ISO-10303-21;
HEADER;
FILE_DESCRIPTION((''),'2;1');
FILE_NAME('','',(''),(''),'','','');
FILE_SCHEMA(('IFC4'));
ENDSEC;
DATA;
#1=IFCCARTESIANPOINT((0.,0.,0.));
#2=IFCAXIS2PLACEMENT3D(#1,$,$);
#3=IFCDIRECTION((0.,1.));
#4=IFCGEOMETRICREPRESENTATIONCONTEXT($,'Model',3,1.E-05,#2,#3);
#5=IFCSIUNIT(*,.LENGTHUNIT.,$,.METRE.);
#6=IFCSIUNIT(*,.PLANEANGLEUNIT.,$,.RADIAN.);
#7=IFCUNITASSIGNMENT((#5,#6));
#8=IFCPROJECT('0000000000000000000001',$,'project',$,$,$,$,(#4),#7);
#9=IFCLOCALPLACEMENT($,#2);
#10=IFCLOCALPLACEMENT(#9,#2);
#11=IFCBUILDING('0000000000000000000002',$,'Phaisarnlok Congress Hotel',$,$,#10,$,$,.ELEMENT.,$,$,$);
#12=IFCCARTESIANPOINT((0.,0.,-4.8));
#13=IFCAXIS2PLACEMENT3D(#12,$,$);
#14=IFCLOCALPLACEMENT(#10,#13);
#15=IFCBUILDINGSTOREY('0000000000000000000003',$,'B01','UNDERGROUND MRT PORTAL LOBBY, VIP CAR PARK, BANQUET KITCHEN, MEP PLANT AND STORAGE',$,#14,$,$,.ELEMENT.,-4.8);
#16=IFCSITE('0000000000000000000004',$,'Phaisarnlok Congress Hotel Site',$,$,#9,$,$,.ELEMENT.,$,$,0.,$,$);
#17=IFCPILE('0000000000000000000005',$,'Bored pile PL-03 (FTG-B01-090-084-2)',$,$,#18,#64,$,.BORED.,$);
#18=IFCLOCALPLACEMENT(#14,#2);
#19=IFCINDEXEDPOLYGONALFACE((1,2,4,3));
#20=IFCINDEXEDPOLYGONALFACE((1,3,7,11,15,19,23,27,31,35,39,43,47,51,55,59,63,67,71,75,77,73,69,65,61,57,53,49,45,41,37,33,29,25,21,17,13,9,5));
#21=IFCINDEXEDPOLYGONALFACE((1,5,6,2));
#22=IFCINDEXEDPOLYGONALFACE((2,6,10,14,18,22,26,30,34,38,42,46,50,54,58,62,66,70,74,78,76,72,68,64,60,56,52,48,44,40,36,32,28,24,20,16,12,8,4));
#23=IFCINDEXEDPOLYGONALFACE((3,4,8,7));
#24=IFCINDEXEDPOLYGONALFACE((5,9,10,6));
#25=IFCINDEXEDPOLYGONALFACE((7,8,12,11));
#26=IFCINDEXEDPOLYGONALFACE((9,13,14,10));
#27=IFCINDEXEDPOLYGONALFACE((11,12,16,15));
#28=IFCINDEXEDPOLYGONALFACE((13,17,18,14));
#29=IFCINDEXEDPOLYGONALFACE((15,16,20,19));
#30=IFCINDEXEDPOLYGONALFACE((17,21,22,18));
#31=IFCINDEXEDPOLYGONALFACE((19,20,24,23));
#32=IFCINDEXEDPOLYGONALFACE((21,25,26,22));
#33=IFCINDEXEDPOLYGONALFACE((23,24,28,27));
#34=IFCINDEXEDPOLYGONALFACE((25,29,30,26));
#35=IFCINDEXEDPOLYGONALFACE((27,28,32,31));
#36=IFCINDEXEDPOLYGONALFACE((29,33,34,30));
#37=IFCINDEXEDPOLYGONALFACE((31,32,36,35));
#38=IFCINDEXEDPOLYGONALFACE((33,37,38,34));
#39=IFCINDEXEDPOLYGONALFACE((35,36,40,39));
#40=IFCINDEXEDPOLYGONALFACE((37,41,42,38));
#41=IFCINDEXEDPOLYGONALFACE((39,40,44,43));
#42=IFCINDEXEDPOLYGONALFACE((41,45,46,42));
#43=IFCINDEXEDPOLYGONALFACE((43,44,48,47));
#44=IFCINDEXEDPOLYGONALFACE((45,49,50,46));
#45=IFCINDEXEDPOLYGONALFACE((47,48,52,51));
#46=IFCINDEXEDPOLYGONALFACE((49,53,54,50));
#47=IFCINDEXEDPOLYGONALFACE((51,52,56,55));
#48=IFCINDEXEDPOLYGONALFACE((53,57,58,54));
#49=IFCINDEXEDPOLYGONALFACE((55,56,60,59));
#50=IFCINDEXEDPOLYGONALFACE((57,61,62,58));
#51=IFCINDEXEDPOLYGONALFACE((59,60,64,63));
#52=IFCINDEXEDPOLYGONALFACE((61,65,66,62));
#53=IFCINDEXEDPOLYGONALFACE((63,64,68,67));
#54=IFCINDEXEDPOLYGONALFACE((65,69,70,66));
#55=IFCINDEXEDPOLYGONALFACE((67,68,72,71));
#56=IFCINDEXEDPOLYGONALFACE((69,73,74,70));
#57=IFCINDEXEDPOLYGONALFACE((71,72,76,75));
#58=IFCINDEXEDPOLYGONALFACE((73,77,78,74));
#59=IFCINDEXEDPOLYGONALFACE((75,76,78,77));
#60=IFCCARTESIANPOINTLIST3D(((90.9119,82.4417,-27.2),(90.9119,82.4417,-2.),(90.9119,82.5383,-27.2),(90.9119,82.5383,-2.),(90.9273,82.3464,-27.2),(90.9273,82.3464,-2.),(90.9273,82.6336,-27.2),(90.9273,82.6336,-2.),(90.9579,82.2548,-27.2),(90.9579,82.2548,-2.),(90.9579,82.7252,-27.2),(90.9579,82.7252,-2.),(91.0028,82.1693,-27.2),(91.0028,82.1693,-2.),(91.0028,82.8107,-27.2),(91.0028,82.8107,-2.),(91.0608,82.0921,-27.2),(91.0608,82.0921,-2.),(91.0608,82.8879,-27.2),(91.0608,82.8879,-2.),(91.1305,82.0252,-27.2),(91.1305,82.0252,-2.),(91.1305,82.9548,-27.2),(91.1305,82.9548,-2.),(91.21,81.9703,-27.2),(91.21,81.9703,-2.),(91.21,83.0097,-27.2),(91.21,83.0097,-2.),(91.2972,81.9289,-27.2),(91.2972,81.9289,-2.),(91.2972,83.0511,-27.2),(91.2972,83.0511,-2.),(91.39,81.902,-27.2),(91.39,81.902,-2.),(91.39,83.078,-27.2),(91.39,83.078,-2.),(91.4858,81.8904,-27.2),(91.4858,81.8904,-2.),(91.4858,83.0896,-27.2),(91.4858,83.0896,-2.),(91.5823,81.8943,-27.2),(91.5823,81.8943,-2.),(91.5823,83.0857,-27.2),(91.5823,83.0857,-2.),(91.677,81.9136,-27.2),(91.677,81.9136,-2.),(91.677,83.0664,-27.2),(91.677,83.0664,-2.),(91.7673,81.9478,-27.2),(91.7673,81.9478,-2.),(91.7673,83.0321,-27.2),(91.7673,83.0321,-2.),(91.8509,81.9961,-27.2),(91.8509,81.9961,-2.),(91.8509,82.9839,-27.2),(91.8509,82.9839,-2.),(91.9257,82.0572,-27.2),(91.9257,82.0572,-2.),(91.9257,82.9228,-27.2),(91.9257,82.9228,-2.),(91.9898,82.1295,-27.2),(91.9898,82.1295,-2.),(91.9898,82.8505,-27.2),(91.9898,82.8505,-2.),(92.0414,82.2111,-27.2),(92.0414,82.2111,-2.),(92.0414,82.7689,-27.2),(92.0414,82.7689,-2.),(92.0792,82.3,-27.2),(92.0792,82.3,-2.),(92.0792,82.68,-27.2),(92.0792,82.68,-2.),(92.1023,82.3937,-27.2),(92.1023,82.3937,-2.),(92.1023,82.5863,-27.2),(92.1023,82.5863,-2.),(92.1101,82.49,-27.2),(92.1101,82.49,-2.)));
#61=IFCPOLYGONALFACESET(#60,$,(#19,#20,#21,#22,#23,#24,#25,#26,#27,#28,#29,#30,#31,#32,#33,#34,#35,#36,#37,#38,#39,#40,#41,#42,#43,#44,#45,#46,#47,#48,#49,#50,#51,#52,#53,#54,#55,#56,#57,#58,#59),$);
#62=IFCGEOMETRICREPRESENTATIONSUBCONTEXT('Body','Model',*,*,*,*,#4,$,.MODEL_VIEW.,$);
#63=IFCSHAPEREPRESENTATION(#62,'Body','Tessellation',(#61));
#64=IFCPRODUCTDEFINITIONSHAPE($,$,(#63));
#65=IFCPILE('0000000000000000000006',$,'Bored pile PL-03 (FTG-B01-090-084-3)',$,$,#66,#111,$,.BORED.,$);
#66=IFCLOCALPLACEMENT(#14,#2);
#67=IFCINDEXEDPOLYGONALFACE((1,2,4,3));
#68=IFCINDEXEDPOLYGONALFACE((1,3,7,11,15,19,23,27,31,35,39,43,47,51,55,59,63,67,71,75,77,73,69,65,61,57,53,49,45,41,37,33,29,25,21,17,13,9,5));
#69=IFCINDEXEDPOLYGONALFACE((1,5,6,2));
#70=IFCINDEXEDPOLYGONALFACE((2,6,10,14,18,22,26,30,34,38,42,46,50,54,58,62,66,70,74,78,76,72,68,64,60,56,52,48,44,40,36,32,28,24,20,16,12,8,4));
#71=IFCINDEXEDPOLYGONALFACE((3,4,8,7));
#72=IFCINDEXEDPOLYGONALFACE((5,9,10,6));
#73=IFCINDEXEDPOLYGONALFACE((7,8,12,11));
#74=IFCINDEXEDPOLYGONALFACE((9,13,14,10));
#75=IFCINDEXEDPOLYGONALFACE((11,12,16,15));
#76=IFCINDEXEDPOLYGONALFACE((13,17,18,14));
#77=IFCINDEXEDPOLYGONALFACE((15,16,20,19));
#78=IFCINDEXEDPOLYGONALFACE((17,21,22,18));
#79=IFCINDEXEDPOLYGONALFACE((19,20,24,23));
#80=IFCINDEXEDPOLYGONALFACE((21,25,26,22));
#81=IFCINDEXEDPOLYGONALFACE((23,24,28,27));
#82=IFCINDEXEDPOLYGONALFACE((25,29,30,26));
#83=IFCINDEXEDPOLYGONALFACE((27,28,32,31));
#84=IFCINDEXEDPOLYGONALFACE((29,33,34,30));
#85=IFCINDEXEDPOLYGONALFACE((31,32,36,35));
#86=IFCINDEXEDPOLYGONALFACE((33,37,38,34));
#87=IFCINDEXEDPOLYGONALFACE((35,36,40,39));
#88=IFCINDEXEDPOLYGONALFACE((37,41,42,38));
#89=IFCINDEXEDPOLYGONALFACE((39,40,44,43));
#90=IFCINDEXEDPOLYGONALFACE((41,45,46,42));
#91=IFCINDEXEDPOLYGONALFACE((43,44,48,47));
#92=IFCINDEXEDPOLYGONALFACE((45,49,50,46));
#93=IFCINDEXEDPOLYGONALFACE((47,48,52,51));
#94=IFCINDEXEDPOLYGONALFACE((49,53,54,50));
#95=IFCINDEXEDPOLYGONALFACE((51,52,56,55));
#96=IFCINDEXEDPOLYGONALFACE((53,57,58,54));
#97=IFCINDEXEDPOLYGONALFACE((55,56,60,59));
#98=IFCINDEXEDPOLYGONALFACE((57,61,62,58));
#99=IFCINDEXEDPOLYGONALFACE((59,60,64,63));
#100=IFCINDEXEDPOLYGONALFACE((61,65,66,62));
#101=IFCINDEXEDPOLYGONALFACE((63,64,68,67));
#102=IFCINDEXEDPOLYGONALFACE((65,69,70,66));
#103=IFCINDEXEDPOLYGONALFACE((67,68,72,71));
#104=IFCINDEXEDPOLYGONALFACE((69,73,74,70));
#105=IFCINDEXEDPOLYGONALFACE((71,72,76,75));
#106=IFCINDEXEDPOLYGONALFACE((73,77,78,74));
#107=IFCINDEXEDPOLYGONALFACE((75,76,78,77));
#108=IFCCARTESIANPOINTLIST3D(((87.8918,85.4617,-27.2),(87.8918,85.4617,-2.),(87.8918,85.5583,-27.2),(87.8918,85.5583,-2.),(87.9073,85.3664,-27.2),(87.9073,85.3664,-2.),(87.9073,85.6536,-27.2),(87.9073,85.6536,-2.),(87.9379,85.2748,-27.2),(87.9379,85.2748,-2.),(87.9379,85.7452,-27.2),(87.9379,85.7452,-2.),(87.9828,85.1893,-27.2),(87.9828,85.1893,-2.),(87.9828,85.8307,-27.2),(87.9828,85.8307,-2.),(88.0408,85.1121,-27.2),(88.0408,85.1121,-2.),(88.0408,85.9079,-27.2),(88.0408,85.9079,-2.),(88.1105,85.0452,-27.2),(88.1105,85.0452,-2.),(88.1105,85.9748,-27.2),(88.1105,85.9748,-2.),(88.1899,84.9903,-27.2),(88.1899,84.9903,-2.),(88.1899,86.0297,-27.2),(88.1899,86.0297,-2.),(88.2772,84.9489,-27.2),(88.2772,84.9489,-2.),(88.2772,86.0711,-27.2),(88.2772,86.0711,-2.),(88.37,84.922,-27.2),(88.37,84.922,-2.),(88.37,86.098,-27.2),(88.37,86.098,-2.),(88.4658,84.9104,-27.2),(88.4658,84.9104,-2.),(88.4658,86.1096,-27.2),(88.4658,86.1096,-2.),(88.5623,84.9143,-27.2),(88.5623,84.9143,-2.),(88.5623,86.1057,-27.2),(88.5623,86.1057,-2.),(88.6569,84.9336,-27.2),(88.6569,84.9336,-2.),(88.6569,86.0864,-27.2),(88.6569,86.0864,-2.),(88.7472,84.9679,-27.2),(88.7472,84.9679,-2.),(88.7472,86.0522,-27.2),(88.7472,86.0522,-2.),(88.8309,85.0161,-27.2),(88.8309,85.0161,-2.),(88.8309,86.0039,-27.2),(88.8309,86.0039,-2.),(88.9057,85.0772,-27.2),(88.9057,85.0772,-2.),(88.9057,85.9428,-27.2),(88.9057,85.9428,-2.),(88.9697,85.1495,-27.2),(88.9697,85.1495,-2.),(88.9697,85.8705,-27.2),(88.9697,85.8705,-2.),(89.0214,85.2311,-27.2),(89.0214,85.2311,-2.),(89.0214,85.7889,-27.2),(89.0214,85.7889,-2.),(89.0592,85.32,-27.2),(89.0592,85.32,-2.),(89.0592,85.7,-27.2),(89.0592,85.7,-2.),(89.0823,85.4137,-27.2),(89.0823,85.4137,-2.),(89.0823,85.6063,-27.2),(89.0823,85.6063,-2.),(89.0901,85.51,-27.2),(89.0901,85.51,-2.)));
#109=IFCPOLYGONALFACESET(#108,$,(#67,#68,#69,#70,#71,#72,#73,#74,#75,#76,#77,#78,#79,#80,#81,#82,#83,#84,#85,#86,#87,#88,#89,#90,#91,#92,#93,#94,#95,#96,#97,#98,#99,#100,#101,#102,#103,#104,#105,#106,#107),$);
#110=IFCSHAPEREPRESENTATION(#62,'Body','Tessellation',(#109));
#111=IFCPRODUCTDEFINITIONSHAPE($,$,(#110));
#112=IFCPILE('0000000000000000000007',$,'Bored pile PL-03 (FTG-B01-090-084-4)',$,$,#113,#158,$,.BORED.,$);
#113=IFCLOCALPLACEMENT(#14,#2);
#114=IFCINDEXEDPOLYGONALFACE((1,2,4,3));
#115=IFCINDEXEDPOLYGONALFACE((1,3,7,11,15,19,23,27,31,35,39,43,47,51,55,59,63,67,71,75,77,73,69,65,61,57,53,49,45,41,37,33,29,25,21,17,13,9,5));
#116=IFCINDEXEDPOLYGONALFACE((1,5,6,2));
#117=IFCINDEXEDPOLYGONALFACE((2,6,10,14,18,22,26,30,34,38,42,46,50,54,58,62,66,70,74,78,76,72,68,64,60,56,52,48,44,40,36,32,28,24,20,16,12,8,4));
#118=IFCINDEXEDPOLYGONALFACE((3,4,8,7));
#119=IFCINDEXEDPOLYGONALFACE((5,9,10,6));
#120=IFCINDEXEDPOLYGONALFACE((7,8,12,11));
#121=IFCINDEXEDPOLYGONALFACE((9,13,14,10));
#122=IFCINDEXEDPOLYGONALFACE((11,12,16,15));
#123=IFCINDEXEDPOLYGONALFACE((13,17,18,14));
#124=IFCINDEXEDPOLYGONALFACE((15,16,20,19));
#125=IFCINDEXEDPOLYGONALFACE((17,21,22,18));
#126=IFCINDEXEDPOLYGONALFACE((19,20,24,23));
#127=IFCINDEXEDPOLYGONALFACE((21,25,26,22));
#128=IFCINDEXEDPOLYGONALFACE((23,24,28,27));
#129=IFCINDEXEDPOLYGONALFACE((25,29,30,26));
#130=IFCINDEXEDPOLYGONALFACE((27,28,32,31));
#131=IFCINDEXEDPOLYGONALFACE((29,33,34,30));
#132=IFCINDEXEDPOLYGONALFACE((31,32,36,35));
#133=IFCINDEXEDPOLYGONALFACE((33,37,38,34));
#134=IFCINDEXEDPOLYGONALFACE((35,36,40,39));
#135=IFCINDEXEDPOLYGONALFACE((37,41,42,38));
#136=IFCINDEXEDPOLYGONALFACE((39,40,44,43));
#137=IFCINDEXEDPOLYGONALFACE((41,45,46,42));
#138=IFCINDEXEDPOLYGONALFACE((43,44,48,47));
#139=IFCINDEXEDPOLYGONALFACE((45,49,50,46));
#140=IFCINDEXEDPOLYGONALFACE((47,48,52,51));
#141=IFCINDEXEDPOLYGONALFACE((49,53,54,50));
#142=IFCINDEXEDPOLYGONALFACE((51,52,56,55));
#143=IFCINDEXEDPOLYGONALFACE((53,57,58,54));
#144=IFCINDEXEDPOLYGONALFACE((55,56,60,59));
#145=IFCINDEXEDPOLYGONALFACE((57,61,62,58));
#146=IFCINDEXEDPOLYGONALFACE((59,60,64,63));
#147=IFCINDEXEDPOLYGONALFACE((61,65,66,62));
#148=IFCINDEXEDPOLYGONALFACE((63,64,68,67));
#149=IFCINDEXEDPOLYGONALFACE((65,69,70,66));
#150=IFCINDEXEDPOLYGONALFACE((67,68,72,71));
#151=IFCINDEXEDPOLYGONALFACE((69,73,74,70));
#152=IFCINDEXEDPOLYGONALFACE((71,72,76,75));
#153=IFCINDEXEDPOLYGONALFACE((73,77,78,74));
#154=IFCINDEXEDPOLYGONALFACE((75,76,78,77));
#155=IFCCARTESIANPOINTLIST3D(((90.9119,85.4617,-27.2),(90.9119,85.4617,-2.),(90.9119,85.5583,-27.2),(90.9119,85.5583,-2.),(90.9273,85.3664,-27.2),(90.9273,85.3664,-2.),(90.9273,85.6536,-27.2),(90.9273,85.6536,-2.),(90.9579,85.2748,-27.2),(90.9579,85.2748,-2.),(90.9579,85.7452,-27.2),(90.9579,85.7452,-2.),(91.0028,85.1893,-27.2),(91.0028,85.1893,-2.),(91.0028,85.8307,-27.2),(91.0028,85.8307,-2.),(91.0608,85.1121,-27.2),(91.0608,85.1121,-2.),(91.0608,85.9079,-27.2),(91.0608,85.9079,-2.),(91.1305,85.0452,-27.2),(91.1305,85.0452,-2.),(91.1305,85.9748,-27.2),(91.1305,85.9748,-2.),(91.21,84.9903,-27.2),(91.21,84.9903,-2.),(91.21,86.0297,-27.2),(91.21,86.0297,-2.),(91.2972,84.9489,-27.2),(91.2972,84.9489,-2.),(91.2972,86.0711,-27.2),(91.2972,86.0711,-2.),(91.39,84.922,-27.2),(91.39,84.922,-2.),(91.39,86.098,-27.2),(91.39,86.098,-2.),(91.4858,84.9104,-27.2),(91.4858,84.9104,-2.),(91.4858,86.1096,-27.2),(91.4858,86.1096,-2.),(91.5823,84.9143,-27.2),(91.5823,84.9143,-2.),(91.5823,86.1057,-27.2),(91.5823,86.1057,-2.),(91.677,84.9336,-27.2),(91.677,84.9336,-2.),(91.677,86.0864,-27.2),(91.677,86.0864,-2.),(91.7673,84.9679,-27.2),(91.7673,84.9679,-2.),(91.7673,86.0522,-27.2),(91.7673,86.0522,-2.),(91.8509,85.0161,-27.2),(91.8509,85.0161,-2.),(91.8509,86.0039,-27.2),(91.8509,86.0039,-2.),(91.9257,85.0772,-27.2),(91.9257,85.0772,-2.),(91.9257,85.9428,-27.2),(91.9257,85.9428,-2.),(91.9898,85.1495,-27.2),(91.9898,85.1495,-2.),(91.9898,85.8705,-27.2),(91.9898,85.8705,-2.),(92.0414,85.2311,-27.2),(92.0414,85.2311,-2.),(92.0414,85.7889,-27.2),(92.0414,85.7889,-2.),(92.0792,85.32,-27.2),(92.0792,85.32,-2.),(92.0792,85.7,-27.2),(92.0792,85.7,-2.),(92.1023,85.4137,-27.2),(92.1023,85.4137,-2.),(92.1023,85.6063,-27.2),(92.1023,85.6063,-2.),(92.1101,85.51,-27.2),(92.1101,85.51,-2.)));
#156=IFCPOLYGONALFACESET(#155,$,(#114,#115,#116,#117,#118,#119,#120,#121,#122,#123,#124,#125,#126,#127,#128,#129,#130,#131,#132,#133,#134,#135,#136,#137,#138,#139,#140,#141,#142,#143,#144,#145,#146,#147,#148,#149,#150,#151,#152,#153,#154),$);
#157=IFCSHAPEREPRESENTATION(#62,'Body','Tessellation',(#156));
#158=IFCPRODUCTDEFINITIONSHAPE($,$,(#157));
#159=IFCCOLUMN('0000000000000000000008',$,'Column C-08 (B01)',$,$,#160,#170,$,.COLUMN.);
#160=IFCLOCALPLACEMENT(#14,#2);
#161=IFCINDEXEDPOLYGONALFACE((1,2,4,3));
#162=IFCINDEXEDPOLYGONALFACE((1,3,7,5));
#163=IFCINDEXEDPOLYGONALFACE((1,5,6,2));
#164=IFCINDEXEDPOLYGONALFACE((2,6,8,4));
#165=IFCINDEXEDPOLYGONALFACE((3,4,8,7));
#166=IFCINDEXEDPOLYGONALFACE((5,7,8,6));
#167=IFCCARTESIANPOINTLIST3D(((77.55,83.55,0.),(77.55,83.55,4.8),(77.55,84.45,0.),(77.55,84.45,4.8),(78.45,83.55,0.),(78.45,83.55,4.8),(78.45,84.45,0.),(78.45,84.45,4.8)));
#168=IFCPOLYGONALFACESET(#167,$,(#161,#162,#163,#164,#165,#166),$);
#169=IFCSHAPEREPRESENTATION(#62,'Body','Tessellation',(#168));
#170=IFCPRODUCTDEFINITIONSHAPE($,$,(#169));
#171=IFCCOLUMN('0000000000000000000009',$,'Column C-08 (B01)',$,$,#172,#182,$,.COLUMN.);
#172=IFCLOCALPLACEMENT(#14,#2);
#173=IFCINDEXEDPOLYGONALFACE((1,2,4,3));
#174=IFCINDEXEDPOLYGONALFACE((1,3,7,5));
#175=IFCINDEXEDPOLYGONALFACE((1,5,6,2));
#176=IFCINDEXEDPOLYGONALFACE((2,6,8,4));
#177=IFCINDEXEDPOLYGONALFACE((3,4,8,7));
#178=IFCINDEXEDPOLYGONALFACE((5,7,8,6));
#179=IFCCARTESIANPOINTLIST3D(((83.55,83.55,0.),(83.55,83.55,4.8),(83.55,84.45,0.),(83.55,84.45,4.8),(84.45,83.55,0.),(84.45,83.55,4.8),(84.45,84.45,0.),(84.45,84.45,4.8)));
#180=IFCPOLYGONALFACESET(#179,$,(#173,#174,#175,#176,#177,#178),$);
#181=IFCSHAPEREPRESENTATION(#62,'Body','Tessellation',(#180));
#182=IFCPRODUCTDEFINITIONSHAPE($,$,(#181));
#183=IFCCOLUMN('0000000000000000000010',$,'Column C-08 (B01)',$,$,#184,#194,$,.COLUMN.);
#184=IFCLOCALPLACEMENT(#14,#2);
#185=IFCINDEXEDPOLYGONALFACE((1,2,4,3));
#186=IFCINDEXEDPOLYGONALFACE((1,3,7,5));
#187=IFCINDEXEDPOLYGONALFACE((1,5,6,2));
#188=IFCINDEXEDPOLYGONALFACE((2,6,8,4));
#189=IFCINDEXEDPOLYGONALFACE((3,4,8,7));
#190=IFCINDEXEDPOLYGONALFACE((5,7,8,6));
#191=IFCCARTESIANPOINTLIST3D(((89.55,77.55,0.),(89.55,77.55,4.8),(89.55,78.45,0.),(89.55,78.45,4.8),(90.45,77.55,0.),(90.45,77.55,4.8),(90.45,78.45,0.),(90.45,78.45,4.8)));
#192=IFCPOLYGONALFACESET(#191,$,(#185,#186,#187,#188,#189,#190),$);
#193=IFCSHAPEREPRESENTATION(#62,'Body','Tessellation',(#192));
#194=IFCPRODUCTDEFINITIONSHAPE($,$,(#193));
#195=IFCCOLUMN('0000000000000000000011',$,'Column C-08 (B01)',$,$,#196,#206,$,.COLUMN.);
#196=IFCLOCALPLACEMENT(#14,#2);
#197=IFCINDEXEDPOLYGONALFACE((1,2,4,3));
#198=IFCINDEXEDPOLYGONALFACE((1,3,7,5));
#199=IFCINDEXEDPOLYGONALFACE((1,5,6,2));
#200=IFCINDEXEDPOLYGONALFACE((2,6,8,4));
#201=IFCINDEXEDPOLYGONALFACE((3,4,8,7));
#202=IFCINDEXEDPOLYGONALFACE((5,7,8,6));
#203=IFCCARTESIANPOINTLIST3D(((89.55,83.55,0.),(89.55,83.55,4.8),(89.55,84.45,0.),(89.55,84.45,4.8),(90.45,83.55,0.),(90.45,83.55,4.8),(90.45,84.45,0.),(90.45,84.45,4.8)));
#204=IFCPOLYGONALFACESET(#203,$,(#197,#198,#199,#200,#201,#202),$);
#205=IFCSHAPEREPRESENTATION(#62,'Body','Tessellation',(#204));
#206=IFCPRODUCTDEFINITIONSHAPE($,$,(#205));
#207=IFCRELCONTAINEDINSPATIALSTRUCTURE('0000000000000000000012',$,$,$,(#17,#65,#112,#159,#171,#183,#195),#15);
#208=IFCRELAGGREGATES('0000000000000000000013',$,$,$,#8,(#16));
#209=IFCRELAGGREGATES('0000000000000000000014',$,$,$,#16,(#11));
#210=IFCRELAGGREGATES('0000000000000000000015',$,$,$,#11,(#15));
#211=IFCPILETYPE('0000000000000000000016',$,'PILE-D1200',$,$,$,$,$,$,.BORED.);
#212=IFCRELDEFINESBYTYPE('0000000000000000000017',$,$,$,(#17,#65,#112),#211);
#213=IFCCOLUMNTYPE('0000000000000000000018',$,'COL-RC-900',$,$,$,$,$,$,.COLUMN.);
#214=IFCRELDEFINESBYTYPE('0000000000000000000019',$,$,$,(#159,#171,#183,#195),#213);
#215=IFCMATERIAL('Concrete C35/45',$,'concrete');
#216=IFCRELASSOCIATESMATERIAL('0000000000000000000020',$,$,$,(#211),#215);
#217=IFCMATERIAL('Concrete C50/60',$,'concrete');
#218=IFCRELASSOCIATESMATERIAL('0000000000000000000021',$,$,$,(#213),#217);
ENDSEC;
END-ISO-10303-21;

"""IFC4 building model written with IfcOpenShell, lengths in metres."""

from ifc_helpers import new_model, si_unit, direction, frame, origin, origin_2d, place, context, subcontext, project, spatial, rectangle, circle, extrude, material, material_profile, profile_set, type_object, element, save


model = new_model("IFC4")

# Units and contexts
model_context = context("Model", 3, precision=1e-05, world=origin(), true_north=direction((0.0, 1.0)))
body_context = subcontext(model_context, "Body", "Model", "MODEL_VIEW")
ifc_project = project(units=[si_unit("LENGTHUNIT", "METRE"), si_unit("PLANEANGLEUNIT", "RADIAN")], contexts=[model_context])

# Site, building, storey
site_placement = place(None, origin())
site = spatial("IfcSite", under=ifc_project, at=site_placement, Name="Phaisarnlok Congress Hotel Site", CompositionType="ELEMENT", RefElevation=0.0)
building_placement = place(site_placement, origin())
building = spatial("IfcBuilding", under=site, at=building_placement, Name="Phaisarnlok Congress Hotel", CompositionType="ELEMENT")
storey_placement = place(building_placement, frame((0.0, 0.0, -4.8)))
storey = spatial("IfcBuildingStorey", under=building, at=storey_placement, Name="B01", Description="UNDERGROUND MRT PORTAL LOBBY, VIP CAR PARK, BANQUET KITCHEN, MEP PLANT AND STORAGE", CompositionType="ELEMENT", Elevation=-4.8)

# Piles
ifc_material_1 = material(Name="Concrete C35/45", Category="concrete")
ifc_material_profile_1 = material_profile(ifc_material_1, circle(Radius=0.6001, at=origin_2d()), Name="BORED PILE D1200")
ifc_profile_set_1 = profile_set([ifc_material_profile_1], Name="Concrete C35/45")
pile_type_1 = type_object("IfcPileType", Name="PILE-D1200", PredefinedType="BORED", material=ifc_profile_set_1)
for number, where, z_axis, x_axis, name in (
    (1, (91.51, 82.49, -2.0), (0.0, 0.0, -1.0), (1.0, 0.0, 0.0), "Bored pile PL-03 (FTG-B01-090-084-2)"),
    (2, (88.49, 85.51, -2.0), (0.0, 0.0, -1.0), (1.0, 0.0, 0.0), "Bored pile PL-03 (FTG-B01-090-084-3)"),
    (3, (91.51, 85.51, -2.0), (0.0, 0.0, -1.0), (1.0, 0.0, 0.0), "Bored pile PL-03 (FTG-B01-090-084-4)"),
):
    element("IfcPile", number, at=place(storey_placement, frame(where, z_axis=z_axis, x_axis=x_axis)), inside=storey, type_object=pile_type_1, Name=name, PredefinedType="BORED", context=body_context, shape_type="SweptSolid", body=[
        extrude(circle(Radius=0.6001, at=origin_2d()), origin(), (0.0, 0.0, 1.0), 25.2),
    ])

# Columns
ifc_material_2 = material(Name="Concrete C50/60", Category="concrete")
ifc_material_profile_2 = material_profile(ifc_material_2, rectangle(XDim=0.8999, YDim=0.8999, at=origin_2d()), Name="RC 900x900")
ifc_profile_set_2 = profile_set([ifc_material_profile_2], Name="Concrete C50/60")
column_type = type_object("IfcColumnType", Name="COL-RC-900", PredefinedType="COLUMN", material=ifc_profile_set_2)
for number, where, z_axis, x_axis, name in (
    (4, (78.0, 84.0, 0.0), (0.0, 0.0, 1.0), (1.0, 0.0, 0.0), "Column C-08 (B01)"),
    (5, (84.0, 84.0, 0.0), (0.0, 0.0, 1.0), (1.0, 0.0, 0.0), "Column C-08 (B01)"),
    (6, (90.0, 78.0, 0.0), (0.0, 0.0, 1.0), (1.0, 0.0, 0.0), "Column C-08 (B01)"),
    (7, (90.0, 84.0, 0.0), (0.0, 0.0, 1.0), (1.0, 0.0, 0.0), "Column C-08 (B01)"),
):
    element("IfcColumn", number, at=place(storey_placement, frame(where, z_axis=z_axis, x_axis=x_axis)), inside=storey, type_object=column_type, Name=name, PredefinedType="COLUMN", context=body_context, shape_type="SweptSolid", body=[
        extrude(rectangle(XDim=0.8999, YDim=0.8999, at=origin_2d()), origin(), (0.0, 0.0, 1.0), 4.8),
    ])

save(model, "model.ifc")
